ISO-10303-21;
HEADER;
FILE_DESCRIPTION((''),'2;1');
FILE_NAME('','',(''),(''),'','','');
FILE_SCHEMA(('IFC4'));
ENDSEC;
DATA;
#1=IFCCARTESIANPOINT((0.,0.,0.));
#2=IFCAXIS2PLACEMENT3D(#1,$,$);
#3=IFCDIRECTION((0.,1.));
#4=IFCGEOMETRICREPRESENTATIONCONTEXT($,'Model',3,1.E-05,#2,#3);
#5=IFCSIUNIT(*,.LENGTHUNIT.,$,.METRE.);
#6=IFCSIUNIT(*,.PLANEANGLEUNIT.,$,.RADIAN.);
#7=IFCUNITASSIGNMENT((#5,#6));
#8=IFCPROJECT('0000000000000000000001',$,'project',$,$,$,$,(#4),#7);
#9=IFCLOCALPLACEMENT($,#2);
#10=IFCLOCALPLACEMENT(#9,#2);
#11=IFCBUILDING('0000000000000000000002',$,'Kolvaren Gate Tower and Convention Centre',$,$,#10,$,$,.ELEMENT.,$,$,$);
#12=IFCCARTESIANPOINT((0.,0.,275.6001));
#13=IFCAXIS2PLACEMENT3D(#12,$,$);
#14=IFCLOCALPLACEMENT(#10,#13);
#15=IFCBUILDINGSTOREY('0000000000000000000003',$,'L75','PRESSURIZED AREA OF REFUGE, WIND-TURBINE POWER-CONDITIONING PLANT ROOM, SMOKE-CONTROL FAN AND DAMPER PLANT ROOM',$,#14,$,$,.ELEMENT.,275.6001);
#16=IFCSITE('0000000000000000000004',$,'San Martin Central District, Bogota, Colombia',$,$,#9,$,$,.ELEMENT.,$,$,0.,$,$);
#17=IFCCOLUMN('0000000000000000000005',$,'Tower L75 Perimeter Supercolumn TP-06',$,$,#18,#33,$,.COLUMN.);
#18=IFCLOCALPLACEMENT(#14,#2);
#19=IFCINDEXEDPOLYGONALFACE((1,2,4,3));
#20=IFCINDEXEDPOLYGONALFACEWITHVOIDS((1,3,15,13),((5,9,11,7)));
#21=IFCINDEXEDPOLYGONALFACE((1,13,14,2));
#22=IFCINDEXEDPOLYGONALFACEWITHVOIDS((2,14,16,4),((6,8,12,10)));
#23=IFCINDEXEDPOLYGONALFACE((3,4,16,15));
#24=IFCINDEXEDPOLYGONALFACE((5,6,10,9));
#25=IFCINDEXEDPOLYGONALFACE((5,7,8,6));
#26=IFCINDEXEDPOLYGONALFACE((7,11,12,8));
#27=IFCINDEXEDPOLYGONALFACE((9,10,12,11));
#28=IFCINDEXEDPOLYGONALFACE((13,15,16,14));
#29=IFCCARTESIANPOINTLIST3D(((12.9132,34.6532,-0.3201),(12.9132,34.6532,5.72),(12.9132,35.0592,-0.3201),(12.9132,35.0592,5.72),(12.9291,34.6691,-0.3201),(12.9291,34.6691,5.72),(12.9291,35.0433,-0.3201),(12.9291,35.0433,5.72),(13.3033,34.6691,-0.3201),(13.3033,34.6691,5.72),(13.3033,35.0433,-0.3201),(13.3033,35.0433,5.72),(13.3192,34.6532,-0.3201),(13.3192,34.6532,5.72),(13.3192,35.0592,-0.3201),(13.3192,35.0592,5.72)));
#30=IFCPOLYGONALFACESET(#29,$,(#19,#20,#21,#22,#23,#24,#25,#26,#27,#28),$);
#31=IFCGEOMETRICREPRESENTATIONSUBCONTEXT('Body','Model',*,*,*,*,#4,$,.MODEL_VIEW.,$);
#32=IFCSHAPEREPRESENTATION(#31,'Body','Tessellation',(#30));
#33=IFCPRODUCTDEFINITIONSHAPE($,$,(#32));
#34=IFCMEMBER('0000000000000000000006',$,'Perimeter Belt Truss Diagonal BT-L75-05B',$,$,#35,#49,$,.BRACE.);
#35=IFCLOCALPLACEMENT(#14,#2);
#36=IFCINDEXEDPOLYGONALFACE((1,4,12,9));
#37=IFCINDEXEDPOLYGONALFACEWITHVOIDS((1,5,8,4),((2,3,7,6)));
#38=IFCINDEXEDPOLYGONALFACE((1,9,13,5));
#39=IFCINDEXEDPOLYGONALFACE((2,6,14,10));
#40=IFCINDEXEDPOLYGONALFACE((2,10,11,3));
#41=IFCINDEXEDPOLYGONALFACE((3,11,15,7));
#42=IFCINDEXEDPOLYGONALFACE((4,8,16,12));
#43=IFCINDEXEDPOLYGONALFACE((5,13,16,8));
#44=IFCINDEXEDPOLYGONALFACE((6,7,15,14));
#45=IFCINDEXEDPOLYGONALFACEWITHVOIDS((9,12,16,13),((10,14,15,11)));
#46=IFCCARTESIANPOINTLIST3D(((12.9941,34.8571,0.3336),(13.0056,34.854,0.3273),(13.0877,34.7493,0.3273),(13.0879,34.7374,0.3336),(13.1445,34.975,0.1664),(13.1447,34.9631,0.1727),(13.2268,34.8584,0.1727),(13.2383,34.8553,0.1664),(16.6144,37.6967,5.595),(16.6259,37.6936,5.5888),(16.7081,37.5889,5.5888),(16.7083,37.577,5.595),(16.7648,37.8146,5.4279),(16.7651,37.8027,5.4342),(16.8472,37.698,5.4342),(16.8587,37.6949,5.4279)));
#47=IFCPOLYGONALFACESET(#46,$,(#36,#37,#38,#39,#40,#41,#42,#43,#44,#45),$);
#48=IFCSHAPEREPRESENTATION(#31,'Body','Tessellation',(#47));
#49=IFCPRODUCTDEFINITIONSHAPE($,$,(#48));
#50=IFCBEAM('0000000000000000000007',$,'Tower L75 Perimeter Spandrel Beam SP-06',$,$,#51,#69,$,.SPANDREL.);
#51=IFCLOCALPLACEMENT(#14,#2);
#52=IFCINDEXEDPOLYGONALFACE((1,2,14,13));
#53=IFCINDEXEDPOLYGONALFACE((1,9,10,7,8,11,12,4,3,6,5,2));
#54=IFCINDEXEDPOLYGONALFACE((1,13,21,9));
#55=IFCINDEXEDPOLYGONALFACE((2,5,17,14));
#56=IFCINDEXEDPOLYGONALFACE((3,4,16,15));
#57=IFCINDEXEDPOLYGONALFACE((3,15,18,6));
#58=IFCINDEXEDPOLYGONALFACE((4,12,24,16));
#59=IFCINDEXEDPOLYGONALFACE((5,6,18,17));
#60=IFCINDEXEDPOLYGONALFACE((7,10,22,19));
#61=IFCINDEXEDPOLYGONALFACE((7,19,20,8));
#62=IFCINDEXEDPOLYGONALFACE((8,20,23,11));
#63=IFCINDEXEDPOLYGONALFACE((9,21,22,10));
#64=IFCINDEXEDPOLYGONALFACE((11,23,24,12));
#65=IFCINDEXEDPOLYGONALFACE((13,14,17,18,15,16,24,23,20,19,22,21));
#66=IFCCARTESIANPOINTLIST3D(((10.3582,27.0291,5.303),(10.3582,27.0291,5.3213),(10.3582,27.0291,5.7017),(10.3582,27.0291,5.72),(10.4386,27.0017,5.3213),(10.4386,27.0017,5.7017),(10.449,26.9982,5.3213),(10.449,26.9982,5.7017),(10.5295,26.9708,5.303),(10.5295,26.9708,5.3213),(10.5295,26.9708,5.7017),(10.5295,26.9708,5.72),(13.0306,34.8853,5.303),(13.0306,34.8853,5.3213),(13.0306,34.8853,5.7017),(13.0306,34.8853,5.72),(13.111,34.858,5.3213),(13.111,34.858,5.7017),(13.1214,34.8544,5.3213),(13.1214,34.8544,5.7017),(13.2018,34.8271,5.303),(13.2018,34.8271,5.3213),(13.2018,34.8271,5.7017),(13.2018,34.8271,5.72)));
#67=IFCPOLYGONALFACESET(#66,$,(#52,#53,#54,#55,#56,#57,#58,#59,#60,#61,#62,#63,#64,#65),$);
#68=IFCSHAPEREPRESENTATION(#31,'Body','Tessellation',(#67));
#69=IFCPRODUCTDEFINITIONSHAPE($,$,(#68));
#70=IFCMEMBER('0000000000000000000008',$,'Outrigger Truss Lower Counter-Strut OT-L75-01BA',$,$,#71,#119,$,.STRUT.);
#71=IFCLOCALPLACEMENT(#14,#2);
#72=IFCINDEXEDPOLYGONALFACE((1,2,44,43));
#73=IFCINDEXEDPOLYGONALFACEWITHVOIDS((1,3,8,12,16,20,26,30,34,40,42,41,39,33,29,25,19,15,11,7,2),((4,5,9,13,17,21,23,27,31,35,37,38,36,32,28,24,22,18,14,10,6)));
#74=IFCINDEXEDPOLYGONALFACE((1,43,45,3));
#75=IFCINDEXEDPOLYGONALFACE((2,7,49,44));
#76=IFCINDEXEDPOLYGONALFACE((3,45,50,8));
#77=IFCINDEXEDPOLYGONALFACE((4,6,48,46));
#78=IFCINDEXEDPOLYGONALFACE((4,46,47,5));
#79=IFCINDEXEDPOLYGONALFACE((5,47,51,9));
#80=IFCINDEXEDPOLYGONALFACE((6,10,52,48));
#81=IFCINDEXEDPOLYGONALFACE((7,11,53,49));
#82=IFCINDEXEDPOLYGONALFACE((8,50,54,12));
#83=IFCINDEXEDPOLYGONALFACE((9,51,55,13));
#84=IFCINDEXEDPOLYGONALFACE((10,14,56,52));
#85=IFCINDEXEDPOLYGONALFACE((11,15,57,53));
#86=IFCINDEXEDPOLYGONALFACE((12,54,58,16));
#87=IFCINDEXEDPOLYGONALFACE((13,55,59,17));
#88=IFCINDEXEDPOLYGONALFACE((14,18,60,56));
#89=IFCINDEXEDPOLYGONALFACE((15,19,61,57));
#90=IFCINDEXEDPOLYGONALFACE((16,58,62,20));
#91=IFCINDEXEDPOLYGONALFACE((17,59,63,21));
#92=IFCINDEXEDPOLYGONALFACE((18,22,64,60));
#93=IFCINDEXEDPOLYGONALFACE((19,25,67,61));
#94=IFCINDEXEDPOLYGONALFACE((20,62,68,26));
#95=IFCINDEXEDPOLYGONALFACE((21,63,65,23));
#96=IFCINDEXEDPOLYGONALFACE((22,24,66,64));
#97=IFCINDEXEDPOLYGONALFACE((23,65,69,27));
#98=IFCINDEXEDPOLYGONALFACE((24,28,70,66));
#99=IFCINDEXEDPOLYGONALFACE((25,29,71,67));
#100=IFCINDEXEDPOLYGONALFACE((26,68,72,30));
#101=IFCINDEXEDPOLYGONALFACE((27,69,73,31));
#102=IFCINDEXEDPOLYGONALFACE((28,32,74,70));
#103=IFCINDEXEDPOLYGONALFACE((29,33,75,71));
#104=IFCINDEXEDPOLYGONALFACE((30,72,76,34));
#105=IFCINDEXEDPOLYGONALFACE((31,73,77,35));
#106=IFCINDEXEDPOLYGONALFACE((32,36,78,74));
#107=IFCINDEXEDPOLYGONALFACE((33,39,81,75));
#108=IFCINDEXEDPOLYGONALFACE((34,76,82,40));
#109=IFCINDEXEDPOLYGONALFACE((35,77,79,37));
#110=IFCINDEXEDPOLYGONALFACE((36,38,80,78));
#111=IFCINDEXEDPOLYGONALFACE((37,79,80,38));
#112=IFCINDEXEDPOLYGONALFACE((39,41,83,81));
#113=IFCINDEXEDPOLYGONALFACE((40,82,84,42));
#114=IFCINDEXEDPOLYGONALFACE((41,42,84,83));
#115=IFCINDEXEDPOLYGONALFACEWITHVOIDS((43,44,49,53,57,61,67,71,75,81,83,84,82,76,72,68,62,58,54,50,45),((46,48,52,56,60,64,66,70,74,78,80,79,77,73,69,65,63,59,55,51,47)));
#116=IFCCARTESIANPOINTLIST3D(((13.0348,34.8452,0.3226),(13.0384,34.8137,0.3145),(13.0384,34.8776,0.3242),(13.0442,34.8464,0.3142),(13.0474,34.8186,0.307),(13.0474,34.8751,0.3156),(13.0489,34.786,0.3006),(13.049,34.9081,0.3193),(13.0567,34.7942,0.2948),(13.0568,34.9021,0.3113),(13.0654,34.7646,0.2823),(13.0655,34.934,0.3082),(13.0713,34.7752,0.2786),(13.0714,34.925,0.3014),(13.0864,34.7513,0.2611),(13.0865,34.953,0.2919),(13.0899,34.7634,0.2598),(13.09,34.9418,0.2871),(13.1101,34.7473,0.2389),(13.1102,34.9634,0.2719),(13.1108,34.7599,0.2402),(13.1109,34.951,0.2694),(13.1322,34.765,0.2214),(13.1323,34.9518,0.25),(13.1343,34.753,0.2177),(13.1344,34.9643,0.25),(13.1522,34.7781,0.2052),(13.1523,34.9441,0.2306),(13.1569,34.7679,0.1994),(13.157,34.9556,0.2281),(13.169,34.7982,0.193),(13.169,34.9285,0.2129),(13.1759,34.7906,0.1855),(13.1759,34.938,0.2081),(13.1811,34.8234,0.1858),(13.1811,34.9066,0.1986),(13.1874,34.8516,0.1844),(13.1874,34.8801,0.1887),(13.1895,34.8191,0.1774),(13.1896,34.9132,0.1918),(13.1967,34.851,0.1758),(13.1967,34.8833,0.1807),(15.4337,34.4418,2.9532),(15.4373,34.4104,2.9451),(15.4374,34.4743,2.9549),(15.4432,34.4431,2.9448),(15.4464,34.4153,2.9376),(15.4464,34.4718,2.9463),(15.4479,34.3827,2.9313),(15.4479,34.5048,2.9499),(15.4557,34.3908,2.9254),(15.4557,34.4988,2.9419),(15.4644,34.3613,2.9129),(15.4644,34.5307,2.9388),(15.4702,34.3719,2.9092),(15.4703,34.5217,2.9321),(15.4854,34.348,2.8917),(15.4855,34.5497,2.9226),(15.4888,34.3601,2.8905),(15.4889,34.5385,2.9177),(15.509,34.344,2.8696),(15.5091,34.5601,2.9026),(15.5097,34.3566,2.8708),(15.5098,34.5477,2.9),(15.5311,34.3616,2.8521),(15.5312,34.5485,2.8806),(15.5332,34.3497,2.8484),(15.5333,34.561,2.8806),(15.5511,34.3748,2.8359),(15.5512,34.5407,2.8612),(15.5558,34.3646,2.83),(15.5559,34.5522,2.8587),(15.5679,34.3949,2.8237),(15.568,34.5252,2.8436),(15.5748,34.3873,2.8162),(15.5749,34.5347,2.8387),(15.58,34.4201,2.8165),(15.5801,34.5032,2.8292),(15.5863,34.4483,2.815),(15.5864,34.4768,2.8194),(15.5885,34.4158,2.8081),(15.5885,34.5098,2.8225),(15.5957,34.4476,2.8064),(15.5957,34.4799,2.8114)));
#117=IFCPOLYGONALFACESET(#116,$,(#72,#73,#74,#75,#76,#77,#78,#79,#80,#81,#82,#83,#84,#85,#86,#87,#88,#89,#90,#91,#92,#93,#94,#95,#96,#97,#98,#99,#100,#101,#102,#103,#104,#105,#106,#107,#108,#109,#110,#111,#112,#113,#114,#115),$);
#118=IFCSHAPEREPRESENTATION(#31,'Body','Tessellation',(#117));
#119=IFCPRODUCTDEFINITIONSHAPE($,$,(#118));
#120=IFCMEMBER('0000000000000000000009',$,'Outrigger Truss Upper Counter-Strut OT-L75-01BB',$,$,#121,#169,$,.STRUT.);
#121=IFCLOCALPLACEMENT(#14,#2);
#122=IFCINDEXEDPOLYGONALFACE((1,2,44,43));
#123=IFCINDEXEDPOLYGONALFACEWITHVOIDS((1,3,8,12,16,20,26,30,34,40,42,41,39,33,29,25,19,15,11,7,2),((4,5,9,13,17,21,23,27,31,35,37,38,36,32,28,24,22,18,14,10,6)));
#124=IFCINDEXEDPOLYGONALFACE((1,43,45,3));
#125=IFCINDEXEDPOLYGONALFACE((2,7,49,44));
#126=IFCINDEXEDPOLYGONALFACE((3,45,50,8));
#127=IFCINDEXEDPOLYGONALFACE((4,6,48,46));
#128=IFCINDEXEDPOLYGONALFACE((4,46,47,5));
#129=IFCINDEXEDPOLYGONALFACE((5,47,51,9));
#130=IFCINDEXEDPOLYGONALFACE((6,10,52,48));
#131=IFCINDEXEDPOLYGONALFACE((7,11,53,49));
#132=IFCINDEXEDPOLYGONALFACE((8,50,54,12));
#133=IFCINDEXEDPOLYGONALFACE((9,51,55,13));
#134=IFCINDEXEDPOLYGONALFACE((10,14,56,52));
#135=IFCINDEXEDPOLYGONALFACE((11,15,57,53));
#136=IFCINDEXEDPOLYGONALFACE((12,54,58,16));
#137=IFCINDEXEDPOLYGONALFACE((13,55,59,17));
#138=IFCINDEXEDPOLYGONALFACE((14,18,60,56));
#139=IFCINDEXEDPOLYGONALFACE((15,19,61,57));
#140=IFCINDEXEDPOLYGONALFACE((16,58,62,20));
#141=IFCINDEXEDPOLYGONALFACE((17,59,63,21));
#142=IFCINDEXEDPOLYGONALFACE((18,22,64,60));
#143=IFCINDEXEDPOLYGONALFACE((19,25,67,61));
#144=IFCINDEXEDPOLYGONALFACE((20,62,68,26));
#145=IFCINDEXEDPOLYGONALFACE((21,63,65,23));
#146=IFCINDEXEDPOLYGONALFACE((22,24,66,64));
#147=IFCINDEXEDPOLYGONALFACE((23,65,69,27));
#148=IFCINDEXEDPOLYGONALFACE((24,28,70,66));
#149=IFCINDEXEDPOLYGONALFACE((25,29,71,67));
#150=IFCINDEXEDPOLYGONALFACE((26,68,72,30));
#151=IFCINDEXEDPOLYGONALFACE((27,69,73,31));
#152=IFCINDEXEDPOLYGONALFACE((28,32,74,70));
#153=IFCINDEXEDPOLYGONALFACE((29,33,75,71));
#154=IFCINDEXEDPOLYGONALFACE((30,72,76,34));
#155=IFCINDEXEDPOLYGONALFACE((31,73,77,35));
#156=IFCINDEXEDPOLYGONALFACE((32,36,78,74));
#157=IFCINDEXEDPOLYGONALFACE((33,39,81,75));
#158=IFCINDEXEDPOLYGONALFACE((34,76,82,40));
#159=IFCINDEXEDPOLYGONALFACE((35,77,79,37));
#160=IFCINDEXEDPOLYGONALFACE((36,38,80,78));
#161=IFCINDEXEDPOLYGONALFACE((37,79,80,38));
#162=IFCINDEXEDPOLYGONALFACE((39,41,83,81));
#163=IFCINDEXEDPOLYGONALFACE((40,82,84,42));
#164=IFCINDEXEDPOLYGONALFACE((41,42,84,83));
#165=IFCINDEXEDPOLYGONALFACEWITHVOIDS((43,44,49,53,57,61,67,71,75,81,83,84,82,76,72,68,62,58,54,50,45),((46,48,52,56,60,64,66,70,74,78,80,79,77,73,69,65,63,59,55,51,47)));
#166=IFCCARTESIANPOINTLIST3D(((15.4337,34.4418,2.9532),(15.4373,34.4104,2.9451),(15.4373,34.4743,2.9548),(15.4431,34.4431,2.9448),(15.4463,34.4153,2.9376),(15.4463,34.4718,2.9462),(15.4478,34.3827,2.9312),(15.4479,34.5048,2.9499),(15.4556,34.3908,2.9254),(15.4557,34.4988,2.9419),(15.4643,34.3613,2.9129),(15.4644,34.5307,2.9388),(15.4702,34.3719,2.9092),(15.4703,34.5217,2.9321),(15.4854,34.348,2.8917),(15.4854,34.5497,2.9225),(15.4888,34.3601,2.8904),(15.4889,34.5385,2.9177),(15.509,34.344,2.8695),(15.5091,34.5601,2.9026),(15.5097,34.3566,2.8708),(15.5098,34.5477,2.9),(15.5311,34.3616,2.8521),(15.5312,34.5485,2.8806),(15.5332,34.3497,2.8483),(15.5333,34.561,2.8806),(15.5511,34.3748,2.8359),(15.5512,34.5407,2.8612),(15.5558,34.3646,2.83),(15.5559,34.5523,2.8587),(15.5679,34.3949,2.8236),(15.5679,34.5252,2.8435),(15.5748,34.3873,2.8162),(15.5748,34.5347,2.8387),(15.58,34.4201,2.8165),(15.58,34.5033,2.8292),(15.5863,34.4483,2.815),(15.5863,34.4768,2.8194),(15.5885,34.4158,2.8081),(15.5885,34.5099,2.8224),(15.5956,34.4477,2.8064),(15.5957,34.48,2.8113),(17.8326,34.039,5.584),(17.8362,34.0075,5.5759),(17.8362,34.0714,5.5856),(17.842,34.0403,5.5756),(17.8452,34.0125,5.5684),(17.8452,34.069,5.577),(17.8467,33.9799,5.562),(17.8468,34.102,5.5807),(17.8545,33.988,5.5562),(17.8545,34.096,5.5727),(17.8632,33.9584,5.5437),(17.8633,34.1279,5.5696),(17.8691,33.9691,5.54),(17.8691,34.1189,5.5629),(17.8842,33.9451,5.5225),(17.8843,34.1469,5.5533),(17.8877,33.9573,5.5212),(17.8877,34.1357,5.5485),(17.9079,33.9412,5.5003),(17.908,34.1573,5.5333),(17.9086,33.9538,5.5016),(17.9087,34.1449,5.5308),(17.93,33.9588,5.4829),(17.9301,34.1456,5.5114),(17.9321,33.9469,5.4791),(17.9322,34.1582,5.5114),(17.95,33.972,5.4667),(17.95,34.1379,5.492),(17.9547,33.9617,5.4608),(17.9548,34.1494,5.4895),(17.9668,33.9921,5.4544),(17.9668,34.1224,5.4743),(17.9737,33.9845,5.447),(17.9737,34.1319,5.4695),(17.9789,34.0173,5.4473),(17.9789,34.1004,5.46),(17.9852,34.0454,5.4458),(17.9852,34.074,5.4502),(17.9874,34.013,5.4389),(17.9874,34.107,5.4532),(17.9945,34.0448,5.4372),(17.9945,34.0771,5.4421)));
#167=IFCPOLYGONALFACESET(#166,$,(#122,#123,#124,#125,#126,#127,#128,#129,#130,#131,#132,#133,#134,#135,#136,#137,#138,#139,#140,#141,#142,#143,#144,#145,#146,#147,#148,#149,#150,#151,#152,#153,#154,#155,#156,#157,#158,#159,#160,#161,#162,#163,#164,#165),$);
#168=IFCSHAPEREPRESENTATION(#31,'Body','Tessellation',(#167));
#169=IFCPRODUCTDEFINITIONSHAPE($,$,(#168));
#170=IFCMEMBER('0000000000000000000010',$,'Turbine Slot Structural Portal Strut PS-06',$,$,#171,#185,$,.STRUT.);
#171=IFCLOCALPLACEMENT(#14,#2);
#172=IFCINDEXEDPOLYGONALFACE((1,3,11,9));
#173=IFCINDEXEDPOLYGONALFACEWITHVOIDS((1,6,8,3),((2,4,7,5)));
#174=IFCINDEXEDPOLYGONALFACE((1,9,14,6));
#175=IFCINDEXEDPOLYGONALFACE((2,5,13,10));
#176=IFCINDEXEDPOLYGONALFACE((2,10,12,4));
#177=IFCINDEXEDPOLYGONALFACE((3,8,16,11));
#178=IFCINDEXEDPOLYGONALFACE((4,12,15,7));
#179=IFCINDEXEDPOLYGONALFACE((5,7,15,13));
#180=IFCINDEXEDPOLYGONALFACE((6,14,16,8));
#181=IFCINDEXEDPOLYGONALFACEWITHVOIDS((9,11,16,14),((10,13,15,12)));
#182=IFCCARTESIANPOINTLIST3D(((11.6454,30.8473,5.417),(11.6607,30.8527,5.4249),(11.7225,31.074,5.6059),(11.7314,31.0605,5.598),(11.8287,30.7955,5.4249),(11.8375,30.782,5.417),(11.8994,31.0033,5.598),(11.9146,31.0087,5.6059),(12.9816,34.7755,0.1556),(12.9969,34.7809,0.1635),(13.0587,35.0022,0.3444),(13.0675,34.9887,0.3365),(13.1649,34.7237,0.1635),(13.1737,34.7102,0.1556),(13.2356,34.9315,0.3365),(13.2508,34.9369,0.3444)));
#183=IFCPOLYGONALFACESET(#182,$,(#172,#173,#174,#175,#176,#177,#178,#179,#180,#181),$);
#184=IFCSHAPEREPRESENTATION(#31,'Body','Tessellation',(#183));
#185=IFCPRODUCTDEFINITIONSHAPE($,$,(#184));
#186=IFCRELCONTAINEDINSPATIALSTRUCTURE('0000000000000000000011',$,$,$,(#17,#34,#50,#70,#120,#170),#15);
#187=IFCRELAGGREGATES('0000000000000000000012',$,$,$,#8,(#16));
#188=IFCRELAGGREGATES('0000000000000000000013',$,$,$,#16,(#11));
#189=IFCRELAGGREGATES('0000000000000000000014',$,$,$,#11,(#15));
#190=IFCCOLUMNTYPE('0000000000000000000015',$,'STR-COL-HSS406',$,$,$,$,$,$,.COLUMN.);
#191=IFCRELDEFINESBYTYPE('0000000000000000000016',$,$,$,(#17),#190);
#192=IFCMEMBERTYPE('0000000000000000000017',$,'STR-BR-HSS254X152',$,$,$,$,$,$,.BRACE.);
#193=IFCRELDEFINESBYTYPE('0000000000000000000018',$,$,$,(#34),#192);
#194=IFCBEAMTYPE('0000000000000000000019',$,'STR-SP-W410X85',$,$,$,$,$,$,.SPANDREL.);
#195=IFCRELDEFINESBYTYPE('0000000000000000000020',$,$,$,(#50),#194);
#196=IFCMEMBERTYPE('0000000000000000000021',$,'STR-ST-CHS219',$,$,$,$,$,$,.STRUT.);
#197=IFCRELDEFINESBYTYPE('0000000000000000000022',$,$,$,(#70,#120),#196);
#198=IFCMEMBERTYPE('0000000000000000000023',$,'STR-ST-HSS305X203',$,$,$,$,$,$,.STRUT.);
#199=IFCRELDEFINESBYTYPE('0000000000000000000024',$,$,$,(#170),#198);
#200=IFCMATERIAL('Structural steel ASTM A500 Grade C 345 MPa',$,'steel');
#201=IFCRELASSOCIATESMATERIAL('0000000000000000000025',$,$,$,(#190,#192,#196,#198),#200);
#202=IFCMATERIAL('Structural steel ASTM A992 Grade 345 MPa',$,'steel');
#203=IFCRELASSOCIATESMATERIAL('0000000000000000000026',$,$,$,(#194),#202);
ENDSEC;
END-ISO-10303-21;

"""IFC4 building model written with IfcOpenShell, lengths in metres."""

from ifc_helpers import new_model, si_unit, direction, frame, origin, origin_2d, place, context, subcontext, project, spatial, hollow_rectangle, hollow_circle, i_section, extrude, material, material_profile, profile_set, type_object, element, save


model = new_model("IFC4")

# Units and contexts
model_context = context("Model", 3, precision=1e-05, world=origin(), true_north=direction((0.0, 1.0)))
body_context = subcontext(model_context, "Body", "Model", "MODEL_VIEW")
ifc_project = project(units=[si_unit("LENGTHUNIT", "METRE"), si_unit("PLANEANGLEUNIT", "RADIAN")], contexts=[model_context])

# Site, building, storey
site_placement = place(None, origin())
site = spatial("IfcSite", under=ifc_project, at=site_placement, Name="San Martin Central District, Bogota, Colombia", CompositionType="ELEMENT", RefElevation=0.0)
building_placement = place(site_placement, origin())
building = spatial("IfcBuilding", under=site, at=building_placement, Name="Kolvaren Gate Tower and Convention Centre", CompositionType="ELEMENT")
storey_placement = place(building_placement, frame((0.0, 0.0, 275.6001)))
storey = spatial("IfcBuildingStorey", under=building, at=storey_placement, Name="L75", Description="PRESSURIZED AREA OF REFUGE, WIND-TURBINE POWER-CONDITIONING PLANT ROOM, SMOKE-CONTROL FAN AND DAMPER PLANT ROOM", CompositionType="ELEMENT", Elevation=275.6001)

# Column
ifc_material_1 = material(Name="Structural steel ASTM A500 Grade C 345 MPa", Category="steel")
ifc_material_profile_1 = material_profile(ifc_material_1, hollow_rectangle(XDim=0.406, YDim=0.406, WallThickness=0.0159, at=origin_2d()), Name="HSS406X406X15.9")
ifc_profile_set_1 = profile_set([ifc_material_profile_1], Name="Structural steel ASTM A500 Grade C 345 MPa")
column_type = type_object("IfcColumnType", Name="STR-COL-HSS406", PredefinedType="COLUMN", material=ifc_profile_set_1)
column_placement = place(storey_placement, frame((13.1162, 34.8562, -0.3201), z_axis=(0.0, 0.0, 1.0), x_axis=(1.0, 0.0, 0.0)))
element("IfcColumn", 1, at=column_placement, inside=storey, type_object=column_type, Name="Tower L75 Perimeter Supercolumn TP-06", PredefinedType="COLUMN", context=body_context, shape_type="SweptSolid", body=[
    extrude(hollow_rectangle(XDim=0.406, YDim=0.406, WallThickness=0.0159, at=origin_2d()), origin(), (0.0, 0.0, 1.0), 6.04),
])

# Member
ifc_material_profile_2 = material_profile(ifc_material_1, hollow_rectangle(XDim=0.1521, YDim=0.2539, WallThickness=0.0095, at=origin_2d()), Name="HSS254X152X9.5")
ifc_profile_set_2 = profile_set([ifc_material_profile_2], Name="Structural steel ASTM A500 Grade C 345 MPa")
member_type_1 = type_object("IfcMemberType", Name="STR-BR-HSS254X152", PredefinedType="BRACE", material=ifc_profile_set_2)
member_1_placement = place(storey_placement, frame((13.1162, 34.8562, 0.25), z_axis=(0.51797, 0.406265, 0.752766), x_axis=(-0.617153, 0.786843, 0.0)))
element("IfcMember", 2, at=member_1_placement, inside=storey, type_object=member_type_1, Name="Perimeter Belt Truss Diagonal BT-L75-05B", PredefinedType="BRACE", context=body_context, shape_type="SweptSolid", body=[
    extrude(hollow_rectangle(XDim=0.1521, YDim=0.2539, WallThickness=0.0095, at=origin_2d()), origin(), (0.0, 0.0, 1.0), 6.9895),
])

# Beam
ifc_material_2 = material(Name="Structural steel ASTM A992 Grade 345 MPa", Category="steel")
ifc_material_profile_3 = material_profile(ifc_material_2, i_section(OverallWidth=0.1809, OverallDepth=0.417, WebThickness=0.011, FlangeThickness=0.0183, at=origin_2d()), Name="W410X85")
ifc_profile_set_3 = profile_set([ifc_material_profile_3], Name="Structural steel ASTM A992 Grade 345 MPa")
beam_type_1 = type_object("IfcBeamType", Name="STR-SP-W410X85", PredefinedType="SPANDREL", material=ifc_profile_set_3)
beam_1_placement = place(storey_placement, frame((13.1162, 34.8562, 5.5115), z_axis=(-0.322038, -0.946727, 0.0), x_axis=(0.946727, -0.322038, 0.0)))
element("IfcBeam", 3, at=beam_1_placement, inside=storey, type_object=beam_type_1, Name="Tower L75 Perimeter Spandrel Beam SP-06", PredefinedType="SPANDREL", context=body_context, shape_type="SweptSolid", body=[
    extrude(i_section(OverallWidth=0.1809, OverallDepth=0.417, WebThickness=0.011, FlangeThickness=0.0183, at=origin_2d()), origin(), (0.0, 0.0, 1.0), 8.2983),
])

# Members
ifc_material_profile_4 = material_profile(ifc_material_1, hollow_circle(Radius=0.1096, WallThickness=0.0127, at=origin_2d()), Name="CHS219X12.7")
ifc_profile_set_4 = profile_set([ifc_material_profile_4], Name="Structural steel ASTM A500 Grade C 345 MPa")
member_type_2 = type_object("IfcMemberType", Name="STR-ST-CHS219", PredefinedType="STRUT", material=ifc_profile_set_4)
for number, where, z_axis, x_axis, name in (
    (4, (13.1162, 34.8562, 0.25), (0.669536, -0.112566, 0.7342), (0.165798, 0.98616, 0.0), "Outrigger Truss Lower Counter-Strut OT-L75-01BA"),
    (5, (15.5151, 34.4529, 2.8806), (0.669513, -0.112426, 0.734243), (0.165603, 0.986192, 0.0), "Outrigger Truss Upper Counter-Strut OT-L75-01BB"),
):
    element("IfcMember", number, at=place(storey_placement, frame(where, z_axis=z_axis, x_axis=x_axis)), inside=storey, type_object=member_type_2, Name=name, PredefinedType="STRUT", context=body_context, shape_type="SweptSolid", body=[
        extrude(hollow_circle(Radius=0.1096, WallThickness=0.0127, at=origin_2d()), origin(), (0.0, 0.0, 1.0), 3.583),
    ])
ifc_material_profile_5 = material_profile(ifc_material_1, hollow_rectangle(XDim=0.2029, YDim=0.3049, WallThickness=0.0127, at=origin_2d()), Name="HSS305X203X12.7")
ifc_profile_set_5 = profile_set([ifc_material_profile_5], Name="Structural steel ASTM A500 Grade C 345 MPa")
member_type_3 = type_object("IfcMemberType", Name="STR-ST-HSS305X203", PredefinedType="STRUT", material=ifc_profile_set_5)
member_2_placement = place(storey_placement, frame((13.1162, 34.8562, 0.25), z_axis=(-0.199409, -0.58624, 0.785212), x_axis=(0.94673, -0.322029, 0.0)))
element("IfcMember", 6, at=member_2_placement, inside=storey, type_object=member_type_3, Name="Turbine Slot Structural Portal Strut PS-06", PredefinedType="STRUT", context=body_context, shape_type="SweptSolid", body=[
    extrude(hollow_rectangle(XDim=0.2029, YDim=0.3049, WallThickness=0.0127, at=origin_2d()), origin(), (0.0, 0.0, 1.0), 6.7007),
])

save(model, "model.ifc")
